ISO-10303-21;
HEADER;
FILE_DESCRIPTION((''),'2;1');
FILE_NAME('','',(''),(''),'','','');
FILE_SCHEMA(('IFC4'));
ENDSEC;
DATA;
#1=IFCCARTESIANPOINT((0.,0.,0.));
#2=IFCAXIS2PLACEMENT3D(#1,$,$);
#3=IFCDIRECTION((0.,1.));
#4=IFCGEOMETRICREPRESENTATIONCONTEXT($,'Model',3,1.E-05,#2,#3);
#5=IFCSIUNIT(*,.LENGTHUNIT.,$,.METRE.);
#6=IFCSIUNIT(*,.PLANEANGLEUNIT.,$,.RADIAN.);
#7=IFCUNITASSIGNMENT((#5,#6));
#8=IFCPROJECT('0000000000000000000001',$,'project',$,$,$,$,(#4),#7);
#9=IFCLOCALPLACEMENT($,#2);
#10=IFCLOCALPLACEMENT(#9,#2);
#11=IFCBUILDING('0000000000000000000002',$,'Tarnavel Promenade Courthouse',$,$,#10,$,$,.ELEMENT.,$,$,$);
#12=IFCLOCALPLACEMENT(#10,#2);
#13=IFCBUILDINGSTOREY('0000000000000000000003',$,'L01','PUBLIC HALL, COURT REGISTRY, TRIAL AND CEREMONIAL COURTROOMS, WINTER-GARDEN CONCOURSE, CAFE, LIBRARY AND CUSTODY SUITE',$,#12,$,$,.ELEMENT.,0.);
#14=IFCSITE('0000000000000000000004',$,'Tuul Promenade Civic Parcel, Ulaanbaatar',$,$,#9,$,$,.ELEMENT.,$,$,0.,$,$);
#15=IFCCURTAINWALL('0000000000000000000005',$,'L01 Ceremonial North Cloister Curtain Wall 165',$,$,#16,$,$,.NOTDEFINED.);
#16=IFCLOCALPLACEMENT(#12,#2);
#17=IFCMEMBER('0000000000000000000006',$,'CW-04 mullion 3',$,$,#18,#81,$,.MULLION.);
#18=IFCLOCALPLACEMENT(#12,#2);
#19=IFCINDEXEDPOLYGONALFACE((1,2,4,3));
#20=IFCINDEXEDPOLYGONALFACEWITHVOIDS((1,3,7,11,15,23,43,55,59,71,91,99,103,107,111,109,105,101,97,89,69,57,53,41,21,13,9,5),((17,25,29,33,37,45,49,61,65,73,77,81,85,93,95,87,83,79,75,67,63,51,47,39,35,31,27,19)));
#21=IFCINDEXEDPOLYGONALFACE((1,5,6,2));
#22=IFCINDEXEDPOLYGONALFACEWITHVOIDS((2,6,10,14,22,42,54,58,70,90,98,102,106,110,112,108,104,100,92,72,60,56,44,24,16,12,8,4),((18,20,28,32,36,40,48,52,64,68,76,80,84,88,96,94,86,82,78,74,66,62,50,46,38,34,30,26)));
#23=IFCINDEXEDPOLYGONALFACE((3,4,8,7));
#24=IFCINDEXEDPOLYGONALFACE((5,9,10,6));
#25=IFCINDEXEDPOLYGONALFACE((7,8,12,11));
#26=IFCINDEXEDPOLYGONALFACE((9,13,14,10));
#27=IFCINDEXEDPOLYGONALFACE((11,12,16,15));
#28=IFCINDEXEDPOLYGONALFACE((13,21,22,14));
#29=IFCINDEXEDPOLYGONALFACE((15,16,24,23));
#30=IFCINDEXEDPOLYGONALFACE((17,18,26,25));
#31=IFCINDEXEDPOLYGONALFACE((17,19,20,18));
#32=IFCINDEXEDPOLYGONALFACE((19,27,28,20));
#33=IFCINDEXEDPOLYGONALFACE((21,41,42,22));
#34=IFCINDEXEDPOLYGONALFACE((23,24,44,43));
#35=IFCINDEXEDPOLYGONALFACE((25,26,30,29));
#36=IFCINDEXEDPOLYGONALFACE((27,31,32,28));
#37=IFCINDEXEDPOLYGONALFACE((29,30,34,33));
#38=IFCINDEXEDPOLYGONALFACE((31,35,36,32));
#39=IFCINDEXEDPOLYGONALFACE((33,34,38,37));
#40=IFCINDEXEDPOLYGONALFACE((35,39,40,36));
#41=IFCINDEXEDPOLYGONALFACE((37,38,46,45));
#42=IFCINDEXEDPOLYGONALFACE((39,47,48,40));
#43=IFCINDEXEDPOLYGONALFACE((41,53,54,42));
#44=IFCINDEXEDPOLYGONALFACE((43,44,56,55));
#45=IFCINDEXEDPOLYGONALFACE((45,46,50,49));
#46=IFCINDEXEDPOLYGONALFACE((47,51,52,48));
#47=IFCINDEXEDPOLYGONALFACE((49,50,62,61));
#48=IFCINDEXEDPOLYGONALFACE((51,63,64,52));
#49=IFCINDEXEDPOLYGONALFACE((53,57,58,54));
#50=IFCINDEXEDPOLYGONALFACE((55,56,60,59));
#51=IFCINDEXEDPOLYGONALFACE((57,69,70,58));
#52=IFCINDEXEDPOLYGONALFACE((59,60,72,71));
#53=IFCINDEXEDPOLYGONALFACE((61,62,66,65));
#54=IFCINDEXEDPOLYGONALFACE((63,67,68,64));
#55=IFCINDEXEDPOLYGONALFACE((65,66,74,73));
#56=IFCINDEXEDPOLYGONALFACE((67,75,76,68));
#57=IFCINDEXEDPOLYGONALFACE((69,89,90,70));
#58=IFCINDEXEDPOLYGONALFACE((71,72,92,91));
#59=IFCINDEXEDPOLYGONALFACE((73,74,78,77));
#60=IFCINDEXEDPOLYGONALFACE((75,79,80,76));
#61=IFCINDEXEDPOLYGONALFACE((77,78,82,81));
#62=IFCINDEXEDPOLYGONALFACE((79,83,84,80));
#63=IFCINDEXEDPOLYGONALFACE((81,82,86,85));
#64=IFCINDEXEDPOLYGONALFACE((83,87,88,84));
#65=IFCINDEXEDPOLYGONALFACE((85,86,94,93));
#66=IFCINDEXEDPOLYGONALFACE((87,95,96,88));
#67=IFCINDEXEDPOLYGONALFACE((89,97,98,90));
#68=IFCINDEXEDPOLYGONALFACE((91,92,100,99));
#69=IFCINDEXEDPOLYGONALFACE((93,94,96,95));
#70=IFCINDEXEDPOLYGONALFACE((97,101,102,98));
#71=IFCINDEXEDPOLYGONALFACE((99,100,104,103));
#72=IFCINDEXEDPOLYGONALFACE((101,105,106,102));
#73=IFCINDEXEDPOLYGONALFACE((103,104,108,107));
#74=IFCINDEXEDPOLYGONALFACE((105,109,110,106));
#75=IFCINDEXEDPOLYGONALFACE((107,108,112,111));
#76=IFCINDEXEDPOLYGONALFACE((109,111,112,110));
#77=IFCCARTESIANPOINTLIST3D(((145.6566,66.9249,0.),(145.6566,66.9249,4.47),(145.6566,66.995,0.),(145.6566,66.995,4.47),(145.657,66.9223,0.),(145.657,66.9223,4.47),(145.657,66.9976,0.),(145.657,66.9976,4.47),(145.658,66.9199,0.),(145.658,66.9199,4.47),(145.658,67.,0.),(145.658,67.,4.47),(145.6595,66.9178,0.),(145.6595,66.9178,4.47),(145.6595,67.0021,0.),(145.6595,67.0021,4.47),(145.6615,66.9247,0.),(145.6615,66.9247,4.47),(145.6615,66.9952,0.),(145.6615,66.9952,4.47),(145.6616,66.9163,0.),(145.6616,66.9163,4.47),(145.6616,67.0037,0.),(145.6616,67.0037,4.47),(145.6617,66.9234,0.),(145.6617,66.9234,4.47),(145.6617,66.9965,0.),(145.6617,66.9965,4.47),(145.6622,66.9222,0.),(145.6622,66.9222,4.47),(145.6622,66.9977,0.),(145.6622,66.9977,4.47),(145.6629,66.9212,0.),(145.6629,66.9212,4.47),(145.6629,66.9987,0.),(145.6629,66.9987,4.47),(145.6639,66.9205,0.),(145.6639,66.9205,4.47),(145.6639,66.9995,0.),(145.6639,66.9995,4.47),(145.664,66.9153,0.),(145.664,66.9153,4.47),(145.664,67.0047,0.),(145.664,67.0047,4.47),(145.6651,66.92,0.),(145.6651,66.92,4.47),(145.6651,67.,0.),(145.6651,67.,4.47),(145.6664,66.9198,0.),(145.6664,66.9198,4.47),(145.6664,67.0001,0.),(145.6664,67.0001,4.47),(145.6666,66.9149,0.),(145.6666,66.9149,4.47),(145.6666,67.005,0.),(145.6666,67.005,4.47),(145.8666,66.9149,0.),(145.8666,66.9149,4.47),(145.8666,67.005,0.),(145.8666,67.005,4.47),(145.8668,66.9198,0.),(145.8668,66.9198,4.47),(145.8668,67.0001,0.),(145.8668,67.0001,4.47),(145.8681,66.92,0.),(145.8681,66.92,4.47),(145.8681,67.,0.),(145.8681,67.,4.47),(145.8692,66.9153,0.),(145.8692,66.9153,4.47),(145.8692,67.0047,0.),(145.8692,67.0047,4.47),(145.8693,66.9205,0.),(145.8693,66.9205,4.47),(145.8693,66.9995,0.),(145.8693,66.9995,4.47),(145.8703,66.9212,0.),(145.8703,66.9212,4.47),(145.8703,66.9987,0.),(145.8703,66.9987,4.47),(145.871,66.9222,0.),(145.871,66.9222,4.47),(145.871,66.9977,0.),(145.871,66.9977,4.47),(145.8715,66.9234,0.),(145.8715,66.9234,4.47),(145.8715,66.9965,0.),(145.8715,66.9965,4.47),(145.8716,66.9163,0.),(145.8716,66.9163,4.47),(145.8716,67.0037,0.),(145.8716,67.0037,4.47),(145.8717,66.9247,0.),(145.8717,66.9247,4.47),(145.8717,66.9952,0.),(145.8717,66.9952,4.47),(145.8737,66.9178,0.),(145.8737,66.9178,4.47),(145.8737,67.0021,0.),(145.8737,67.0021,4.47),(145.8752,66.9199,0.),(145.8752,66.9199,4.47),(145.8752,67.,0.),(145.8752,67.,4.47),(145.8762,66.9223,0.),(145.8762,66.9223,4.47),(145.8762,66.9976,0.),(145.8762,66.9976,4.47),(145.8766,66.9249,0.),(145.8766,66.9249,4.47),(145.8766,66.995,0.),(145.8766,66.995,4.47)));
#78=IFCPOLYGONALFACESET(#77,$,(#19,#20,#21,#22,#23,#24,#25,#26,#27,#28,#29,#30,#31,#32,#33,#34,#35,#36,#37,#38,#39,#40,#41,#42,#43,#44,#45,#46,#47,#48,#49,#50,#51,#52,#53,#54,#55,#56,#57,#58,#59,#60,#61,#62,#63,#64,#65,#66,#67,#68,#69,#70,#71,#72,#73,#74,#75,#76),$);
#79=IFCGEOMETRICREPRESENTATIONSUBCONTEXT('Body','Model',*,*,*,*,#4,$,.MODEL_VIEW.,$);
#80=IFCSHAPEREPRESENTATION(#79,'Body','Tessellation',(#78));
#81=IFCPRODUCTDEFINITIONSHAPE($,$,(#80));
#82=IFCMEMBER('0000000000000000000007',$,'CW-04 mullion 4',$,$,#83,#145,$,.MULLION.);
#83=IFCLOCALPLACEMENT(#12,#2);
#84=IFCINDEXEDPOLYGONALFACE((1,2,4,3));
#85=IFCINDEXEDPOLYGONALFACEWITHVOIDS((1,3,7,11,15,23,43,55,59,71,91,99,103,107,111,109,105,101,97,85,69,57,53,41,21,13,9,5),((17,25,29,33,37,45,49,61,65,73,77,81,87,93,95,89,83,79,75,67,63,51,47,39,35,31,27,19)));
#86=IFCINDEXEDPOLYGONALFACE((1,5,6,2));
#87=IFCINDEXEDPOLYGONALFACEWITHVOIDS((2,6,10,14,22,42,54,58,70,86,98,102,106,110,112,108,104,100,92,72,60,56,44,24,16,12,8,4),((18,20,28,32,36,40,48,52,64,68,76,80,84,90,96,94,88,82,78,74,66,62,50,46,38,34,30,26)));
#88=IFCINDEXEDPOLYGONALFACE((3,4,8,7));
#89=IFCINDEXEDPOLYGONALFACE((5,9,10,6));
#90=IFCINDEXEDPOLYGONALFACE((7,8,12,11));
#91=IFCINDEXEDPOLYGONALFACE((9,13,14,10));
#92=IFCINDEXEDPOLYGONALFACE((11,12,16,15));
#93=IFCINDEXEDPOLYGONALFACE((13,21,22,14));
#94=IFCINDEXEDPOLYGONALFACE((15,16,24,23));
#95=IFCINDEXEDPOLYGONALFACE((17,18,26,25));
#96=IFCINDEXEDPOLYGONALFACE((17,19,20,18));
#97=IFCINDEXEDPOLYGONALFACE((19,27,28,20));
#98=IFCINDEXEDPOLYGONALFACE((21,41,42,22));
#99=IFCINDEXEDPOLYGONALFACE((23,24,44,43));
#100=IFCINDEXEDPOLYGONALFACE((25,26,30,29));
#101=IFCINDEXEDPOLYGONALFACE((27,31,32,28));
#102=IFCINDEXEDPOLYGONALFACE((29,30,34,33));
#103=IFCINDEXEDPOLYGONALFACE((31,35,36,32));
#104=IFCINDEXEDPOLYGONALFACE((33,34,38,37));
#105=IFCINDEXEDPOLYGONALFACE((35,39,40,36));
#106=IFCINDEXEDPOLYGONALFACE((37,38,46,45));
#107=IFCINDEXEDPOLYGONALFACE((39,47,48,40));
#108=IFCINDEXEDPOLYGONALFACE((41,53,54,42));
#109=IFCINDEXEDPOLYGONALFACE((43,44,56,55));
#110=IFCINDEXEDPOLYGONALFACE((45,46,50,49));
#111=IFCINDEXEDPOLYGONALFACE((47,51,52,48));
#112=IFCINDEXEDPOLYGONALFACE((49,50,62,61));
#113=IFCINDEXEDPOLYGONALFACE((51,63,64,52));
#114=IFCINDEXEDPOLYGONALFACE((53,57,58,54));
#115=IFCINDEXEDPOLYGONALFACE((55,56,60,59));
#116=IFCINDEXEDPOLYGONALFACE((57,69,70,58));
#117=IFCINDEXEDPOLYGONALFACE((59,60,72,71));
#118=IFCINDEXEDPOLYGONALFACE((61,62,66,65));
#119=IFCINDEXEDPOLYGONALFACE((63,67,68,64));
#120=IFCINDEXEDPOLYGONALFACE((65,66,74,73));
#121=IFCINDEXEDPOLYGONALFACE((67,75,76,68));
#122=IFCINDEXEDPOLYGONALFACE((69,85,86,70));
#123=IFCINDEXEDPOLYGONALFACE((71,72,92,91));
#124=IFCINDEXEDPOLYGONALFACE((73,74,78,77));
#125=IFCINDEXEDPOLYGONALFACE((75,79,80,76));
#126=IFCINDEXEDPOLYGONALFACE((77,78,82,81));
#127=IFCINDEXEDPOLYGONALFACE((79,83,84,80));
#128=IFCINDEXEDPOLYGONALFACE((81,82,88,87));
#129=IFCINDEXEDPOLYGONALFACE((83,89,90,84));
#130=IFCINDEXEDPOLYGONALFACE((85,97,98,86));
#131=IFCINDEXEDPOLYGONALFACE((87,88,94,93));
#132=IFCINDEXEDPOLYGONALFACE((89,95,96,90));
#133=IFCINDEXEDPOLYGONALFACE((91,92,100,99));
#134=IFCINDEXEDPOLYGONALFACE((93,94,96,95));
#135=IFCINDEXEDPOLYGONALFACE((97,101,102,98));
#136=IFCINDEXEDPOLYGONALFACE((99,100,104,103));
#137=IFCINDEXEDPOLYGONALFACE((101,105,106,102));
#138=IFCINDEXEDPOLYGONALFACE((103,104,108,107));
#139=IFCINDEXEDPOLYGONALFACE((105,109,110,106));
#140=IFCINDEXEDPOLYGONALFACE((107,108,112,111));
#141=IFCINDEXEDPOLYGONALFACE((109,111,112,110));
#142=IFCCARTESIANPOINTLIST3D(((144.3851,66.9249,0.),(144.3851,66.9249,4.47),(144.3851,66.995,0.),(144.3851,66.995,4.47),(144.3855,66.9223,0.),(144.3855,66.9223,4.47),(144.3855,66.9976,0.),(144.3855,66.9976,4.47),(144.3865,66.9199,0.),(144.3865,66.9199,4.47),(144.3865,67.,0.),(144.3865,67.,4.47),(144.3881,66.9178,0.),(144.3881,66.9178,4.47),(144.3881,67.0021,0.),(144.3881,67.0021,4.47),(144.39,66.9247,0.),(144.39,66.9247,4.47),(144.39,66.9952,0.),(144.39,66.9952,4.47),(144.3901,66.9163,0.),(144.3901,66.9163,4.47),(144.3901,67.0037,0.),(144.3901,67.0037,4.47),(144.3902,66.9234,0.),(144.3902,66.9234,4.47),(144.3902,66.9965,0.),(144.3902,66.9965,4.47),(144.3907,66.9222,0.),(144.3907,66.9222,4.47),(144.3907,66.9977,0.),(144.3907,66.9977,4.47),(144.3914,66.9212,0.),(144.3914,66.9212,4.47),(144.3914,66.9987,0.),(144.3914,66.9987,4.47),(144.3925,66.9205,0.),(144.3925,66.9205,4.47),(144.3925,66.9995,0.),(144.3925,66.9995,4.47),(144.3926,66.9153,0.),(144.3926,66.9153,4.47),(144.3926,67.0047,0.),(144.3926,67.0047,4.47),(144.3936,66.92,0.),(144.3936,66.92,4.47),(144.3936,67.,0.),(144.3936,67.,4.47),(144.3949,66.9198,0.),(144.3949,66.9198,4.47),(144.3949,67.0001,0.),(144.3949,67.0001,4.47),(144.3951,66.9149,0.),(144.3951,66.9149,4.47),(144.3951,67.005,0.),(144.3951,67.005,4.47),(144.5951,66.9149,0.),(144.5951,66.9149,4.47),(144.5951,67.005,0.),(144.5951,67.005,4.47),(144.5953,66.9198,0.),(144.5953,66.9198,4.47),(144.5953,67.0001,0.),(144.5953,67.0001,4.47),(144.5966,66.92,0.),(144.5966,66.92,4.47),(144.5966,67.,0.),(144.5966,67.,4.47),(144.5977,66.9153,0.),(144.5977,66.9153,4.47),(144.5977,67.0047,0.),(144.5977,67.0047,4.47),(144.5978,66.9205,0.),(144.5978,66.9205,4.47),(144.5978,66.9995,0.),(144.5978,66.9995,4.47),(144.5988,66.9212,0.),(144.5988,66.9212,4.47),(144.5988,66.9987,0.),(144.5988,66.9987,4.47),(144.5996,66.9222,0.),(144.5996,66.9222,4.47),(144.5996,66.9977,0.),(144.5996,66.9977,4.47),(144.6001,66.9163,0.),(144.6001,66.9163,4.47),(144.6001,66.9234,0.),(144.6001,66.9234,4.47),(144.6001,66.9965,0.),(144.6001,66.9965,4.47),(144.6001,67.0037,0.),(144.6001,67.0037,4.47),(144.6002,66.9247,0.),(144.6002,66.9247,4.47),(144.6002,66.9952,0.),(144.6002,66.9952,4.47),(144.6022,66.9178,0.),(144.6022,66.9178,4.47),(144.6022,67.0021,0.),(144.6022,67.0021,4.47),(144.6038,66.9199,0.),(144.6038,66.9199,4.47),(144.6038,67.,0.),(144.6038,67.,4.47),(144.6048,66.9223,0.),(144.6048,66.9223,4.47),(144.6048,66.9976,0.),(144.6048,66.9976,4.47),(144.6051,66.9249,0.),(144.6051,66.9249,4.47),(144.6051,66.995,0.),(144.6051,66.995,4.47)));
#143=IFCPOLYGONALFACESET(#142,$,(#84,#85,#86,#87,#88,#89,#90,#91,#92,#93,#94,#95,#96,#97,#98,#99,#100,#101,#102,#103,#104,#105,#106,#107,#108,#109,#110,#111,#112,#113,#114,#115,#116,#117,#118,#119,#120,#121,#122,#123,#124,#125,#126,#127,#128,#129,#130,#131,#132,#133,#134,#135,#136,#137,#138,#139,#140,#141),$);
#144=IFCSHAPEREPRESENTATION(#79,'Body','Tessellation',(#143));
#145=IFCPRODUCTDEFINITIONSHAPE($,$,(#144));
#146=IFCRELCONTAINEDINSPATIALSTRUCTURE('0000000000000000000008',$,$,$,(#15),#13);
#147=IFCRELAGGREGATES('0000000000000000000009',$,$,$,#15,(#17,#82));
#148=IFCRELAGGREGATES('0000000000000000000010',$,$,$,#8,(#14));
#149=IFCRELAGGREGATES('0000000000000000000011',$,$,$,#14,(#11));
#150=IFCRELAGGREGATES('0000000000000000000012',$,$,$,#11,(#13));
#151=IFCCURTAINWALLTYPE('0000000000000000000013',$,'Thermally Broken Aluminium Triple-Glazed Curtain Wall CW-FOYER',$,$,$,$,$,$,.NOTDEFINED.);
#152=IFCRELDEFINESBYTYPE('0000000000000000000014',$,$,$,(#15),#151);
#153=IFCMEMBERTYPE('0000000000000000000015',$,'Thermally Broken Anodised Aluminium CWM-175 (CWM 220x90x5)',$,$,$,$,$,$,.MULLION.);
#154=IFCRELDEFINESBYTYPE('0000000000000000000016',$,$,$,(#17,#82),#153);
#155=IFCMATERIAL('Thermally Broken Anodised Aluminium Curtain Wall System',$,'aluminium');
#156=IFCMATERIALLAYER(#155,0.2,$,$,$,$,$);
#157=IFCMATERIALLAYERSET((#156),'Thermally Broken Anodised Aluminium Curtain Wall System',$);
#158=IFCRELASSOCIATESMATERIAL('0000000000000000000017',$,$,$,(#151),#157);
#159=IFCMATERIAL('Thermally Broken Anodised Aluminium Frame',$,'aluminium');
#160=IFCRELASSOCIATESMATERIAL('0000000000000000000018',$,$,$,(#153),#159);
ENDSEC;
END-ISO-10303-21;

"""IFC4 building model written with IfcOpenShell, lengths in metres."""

from ifc_helpers import new_model, si_unit, direction, frame, origin, origin_2d, place, context, subcontext, project, spatial, hollow_rectangle, extrude, material, layer, layer_set, material_profile, profile_set, type_object, element, aggregate, save


model = new_model("IFC4")

# Units and contexts
model_context = context("Model", 3, precision=1e-05, world=origin(), true_north=direction((0.0, 1.0)))
body_context = subcontext(model_context, "Body", "Model", "MODEL_VIEW")
ifc_project = project(units=[si_unit("LENGTHUNIT", "METRE"), si_unit("PLANEANGLEUNIT", "RADIAN")], contexts=[model_context])

# Site, building, storey
site_placement = place(None, origin())
site = spatial("IfcSite", under=ifc_project, at=site_placement, Name="Tuul Promenade Civic Parcel, Ulaanbaatar", CompositionType="ELEMENT", RefElevation=0.0)
building_placement = place(site_placement, origin())
building = spatial("IfcBuilding", under=site, at=building_placement, Name="Tarnavel Promenade Courthouse", CompositionType="ELEMENT")
storey_placement = place(building_placement, origin())
storey = spatial("IfcBuildingStorey", under=building, at=storey_placement, Name="L01", Description="PUBLIC HALL, COURT REGISTRY, TRIAL AND CEREMONIAL COURTROOMS, WINTER-GARDEN CONCOURSE, CAFE, LIBRARY AND CUSTODY SUITE", CompositionType="ELEMENT", Elevation=0.0)

# Curtain wall, members
ifc_material_1 = material(Name="Thermally Broken Anodised Aluminium Curtain Wall System", Category="aluminium")
ifc_layer_1 = layer(ifc_material_1, 0.2)
ifc_layer_set_1 = layer_set([ifc_layer_1], Name="Thermally Broken Anodised Aluminium Curtain Wall System")
curtain_wall_type = type_object("IfcCurtainWallType", Name="Thermally Broken Aluminium Triple-Glazed Curtain Wall CW-FOYER", PredefinedType="NOTDEFINED", material=ifc_layer_set_1)
ifc_material_2 = material(Name="Thermally Broken Anodised Aluminium Frame", Category="aluminium")
ifc_material_profile_1 = material_profile(ifc_material_2, hollow_rectangle(XDim=0.0901, YDim=0.22, WallThickness=0.0049, InnerFilletRadius=0.0049, OuterFilletRadius=0.01, at=origin_2d()), Name="CWM 220x90x5")
ifc_profile_set_1 = profile_set([ifc_material_profile_1], Name="Thermally Broken Anodised Aluminium Frame")
member_type_1 = type_object("IfcMemberType", Name="Thermally Broken Anodised Aluminium CWM-175 (CWM 220x90x5)", PredefinedType="MULLION", material=ifc_profile_set_1)
curtain_wall_1_placement = place(storey_placement, origin())
curtain_wall_1 = element("IfcCurtainWall", 1, at=curtain_wall_1_placement, inside=storey, type_object=curtain_wall_type, Name="L01 Ceremonial North Cloister Curtain Wall 165", PredefinedType="NOTDEFINED")
member_1_placement = place(storey_placement, frame((145.7666, 66.96, 0.0), z_axis=(0.0, 0.0, 1.0), x_axis=(0.0, -1.0, 0.0)))
member_1 = element("IfcMember", 2, at=member_1_placement, type_object=member_type_1, Name="CW-04 mullion 3", PredefinedType="MULLION", context=body_context, shape_type="SweptSolid", body=[
    extrude(hollow_rectangle(XDim=0.0901, YDim=0.22, WallThickness=0.0049, InnerFilletRadius=0.0049, OuterFilletRadius=0.01, at=origin_2d()), origin(), (0.0, 0.0, 1.0), 4.47),
])
member_2_placement = place(storey_placement, frame((144.4951, 66.96, 0.0), z_axis=(0.0, 0.0, 1.0), x_axis=(0.0, -1.0, 0.0)))
member_2 = element("IfcMember", 3, at=member_2_placement, type_object=member_type_1, Name="CW-04 mullion 4", PredefinedType="MULLION", context=body_context, shape_type="SweptSolid", body=[
    extrude(hollow_rectangle(XDim=0.0901, YDim=0.22, WallThickness=0.0049, InnerFilletRadius=0.0049, OuterFilletRadius=0.01, at=origin_2d()), origin(), (0.0, 0.0, 1.0), 4.47),
])

aggregate(curtain_wall_1, [member_1, member_2])

save(model, "model.ifc")
